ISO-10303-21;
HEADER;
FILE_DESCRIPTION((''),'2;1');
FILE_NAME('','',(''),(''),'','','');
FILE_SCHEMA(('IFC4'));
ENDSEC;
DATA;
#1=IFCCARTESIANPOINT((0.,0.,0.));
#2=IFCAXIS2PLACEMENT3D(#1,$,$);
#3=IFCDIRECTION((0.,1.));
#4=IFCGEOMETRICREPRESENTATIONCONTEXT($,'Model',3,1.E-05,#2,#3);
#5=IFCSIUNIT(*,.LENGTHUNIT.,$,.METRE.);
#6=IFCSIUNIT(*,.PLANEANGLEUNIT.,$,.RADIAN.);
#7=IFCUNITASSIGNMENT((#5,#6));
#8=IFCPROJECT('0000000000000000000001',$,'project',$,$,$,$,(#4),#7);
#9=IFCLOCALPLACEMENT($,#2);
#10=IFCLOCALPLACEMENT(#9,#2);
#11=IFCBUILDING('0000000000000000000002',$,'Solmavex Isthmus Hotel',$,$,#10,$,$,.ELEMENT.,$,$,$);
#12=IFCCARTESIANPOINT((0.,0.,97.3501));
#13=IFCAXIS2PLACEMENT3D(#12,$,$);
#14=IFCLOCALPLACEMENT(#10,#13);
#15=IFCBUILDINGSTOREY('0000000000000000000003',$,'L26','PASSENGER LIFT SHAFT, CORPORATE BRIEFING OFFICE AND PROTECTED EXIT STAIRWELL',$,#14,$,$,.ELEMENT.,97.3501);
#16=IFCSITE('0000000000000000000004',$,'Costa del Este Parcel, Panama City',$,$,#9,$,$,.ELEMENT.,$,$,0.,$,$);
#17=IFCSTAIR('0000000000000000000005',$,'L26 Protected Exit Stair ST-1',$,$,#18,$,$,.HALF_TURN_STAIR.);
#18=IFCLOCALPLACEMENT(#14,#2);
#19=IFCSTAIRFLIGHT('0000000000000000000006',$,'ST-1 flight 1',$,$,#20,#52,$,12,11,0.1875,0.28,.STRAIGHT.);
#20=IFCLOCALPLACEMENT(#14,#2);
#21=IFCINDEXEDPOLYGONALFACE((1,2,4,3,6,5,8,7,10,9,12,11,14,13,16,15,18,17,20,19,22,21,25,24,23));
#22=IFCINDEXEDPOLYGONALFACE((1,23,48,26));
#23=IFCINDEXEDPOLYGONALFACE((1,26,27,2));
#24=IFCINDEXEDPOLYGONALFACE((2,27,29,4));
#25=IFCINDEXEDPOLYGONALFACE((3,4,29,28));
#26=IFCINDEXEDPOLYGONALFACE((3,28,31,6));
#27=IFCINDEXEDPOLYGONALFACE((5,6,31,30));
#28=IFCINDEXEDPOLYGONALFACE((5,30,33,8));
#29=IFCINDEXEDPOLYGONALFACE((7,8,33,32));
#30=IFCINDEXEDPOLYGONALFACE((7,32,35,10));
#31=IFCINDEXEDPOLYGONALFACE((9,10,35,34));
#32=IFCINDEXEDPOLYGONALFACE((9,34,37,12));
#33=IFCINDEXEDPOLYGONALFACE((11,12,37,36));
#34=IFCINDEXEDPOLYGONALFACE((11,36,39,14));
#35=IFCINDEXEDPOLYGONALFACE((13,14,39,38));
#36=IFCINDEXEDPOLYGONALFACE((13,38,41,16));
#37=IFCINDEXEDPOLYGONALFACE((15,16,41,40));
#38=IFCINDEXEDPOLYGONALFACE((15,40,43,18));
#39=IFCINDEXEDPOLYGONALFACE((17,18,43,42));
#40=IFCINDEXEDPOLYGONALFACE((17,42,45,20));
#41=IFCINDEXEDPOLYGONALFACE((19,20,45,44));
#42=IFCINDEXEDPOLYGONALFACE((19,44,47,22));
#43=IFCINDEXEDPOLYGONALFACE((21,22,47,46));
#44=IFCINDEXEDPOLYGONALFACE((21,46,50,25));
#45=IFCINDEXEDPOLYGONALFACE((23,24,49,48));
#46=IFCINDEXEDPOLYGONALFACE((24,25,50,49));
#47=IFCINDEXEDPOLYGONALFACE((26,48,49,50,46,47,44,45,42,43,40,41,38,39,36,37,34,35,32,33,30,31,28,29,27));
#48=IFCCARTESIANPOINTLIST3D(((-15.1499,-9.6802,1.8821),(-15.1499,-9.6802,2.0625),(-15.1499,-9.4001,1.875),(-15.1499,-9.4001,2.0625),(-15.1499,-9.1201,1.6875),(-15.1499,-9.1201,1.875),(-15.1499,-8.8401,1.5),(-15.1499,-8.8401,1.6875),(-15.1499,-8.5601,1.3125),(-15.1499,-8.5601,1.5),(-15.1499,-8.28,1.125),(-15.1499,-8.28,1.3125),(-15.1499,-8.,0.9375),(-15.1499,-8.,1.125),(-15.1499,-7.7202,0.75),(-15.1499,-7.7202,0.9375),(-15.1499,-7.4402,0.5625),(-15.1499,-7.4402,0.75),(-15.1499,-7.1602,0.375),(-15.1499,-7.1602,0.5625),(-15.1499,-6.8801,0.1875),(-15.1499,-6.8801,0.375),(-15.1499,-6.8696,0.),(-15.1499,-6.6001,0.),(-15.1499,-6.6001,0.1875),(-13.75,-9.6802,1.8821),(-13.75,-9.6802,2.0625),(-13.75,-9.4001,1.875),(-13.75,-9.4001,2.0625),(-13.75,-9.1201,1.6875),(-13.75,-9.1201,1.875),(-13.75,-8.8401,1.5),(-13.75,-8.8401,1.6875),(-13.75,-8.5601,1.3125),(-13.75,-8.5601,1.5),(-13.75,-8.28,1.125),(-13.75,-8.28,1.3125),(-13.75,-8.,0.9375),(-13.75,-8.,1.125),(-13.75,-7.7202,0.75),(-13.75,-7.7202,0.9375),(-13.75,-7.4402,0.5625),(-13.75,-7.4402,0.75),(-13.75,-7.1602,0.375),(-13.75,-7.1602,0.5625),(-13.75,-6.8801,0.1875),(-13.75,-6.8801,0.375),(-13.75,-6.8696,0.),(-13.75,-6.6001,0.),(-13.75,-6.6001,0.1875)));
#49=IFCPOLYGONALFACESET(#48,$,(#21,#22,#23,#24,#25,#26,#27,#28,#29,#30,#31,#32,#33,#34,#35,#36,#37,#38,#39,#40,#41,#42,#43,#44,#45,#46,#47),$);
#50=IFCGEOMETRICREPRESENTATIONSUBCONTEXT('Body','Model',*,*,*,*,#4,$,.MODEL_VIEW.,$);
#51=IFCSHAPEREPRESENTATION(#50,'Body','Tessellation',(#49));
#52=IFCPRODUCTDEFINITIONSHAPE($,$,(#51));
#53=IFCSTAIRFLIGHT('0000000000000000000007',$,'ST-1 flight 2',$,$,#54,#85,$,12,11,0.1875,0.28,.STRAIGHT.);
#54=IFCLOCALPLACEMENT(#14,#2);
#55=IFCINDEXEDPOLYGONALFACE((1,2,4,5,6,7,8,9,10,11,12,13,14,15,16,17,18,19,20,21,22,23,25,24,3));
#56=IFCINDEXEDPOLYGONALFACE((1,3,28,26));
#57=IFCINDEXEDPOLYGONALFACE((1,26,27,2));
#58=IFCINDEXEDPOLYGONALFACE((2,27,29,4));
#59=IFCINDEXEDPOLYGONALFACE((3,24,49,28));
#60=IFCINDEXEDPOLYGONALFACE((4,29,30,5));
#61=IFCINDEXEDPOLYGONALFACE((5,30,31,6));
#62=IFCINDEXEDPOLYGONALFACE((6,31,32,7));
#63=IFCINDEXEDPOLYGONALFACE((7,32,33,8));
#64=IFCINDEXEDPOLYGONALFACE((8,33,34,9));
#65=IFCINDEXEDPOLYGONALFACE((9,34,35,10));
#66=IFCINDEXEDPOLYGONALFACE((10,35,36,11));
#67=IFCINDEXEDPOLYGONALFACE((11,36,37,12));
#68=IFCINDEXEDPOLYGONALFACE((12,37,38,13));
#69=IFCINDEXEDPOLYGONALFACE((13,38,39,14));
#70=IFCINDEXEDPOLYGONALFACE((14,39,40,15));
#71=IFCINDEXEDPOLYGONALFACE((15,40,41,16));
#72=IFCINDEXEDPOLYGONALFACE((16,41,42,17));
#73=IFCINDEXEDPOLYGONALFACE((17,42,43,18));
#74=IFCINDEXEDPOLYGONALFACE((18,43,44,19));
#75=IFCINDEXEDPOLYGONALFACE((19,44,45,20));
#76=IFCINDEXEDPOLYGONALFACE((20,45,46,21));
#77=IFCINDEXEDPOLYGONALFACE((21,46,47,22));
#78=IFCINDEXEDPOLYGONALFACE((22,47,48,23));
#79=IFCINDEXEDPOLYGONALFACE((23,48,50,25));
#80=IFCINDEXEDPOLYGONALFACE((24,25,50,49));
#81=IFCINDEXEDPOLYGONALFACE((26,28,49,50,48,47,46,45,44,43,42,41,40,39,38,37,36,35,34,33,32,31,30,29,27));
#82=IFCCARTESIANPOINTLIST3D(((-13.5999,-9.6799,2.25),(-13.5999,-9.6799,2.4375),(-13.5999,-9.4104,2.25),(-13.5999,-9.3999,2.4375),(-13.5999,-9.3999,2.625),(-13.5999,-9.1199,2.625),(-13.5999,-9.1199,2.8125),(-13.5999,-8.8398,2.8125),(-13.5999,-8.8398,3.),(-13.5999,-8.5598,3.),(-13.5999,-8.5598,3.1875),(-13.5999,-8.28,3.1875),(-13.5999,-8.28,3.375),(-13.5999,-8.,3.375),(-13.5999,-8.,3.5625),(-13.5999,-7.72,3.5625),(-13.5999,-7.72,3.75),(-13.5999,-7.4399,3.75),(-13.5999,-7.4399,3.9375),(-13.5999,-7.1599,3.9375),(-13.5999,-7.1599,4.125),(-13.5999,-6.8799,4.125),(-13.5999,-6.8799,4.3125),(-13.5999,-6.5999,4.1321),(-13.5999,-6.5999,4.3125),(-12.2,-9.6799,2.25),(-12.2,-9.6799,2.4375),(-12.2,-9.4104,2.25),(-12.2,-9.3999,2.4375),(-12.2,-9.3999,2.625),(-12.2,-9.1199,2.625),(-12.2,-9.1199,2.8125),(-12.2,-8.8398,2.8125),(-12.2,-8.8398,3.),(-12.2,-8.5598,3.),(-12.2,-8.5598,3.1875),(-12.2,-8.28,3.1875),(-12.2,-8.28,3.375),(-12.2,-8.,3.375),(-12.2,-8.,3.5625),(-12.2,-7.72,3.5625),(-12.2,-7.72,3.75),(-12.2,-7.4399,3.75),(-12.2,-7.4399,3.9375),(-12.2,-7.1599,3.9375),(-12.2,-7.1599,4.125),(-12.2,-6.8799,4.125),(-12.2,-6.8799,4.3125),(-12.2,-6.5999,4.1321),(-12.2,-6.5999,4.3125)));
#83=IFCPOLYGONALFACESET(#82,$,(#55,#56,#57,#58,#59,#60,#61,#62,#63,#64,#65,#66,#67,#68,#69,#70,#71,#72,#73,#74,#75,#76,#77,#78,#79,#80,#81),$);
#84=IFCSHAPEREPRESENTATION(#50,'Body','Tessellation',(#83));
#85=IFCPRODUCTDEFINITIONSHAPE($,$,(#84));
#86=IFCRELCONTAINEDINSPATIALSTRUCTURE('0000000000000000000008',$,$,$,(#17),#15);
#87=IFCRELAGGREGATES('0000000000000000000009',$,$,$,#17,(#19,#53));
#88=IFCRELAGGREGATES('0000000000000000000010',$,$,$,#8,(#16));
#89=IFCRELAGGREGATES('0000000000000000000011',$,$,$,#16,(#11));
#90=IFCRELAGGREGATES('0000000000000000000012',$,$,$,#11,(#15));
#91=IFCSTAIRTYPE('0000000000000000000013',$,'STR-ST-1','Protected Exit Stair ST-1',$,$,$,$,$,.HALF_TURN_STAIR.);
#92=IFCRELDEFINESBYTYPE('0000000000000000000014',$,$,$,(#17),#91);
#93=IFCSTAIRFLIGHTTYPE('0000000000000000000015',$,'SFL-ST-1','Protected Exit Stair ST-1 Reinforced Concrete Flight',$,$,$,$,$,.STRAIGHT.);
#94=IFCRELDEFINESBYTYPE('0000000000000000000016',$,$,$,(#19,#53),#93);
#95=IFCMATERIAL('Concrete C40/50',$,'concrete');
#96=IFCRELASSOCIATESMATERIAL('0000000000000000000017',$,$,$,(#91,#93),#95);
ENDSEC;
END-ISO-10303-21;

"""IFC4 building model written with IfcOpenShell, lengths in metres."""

from ifc_helpers import new_model, si_unit, direction, frame, origin, place, context, subcontext, project, spatial, polyline, outline, extrude, material, type_object, element, aggregate, save


model = new_model("IFC4")

# Units and contexts
model_context = context("Model", 3, precision=1e-05, world=origin(), true_north=direction((0.0, 1.0)))
body_context = subcontext(model_context, "Body", "Model", "MODEL_VIEW")
ifc_project = project(units=[si_unit("LENGTHUNIT", "METRE"), si_unit("PLANEANGLEUNIT", "RADIAN")], contexts=[model_context])

# Site, building, storey
site_placement = place(None, origin())
site = spatial("IfcSite", under=ifc_project, at=site_placement, Name="Costa del Este Parcel, Panama City", CompositionType="ELEMENT", RefElevation=0.0)
building_placement = place(site_placement, origin())
building = spatial("IfcBuilding", under=site, at=building_placement, Name="Solmavex Isthmus Hotel", CompositionType="ELEMENT")
storey_placement = place(building_placement, frame((0.0, 0.0, 97.3501)))
storey = spatial("IfcBuildingStorey", under=building, at=storey_placement, Name="L26", Description="PASSENGER LIFT SHAFT, CORPORATE BRIEFING OFFICE AND PROTECTED EXIT STAIRWELL", CompositionType="ELEMENT", Elevation=97.3501)

# Shared definitions
ifc_material_1 = material(Name="Concrete C40/50", Category="concrete")

# Stair, stair flights
stair_type = type_object("IfcStairType", Name="STR-ST-1", Description="Protected Exit Stair ST-1", PredefinedType="HALF_TURN_STAIR", material=ifc_material_1)
stair_placement = place(storey_placement, origin())
stair = element("IfcStair", 1, at=stair_placement, inside=storey, type_object=stair_type, Name="L26 Protected Exit Stair ST-1", PredefinedType="HALF_TURN_STAIR")
stair_flight_type = type_object("IfcStairFlightType", Name="SFL-ST-1", Description="Protected Exit Stair ST-1 Reinforced Concrete Flight", PredefinedType="STRAIGHT", material=ifc_material_1)
stair_flight_1_placement = place(storey_placement, frame((-14.45, -6.6001, 0.0), z_axis=(0.0, 0.0, 1.0), x_axis=(0.0, -1.0, 0.0)))
stair_flight_1 = element("IfcStairFlight", 2, at=stair_flight_1_placement, type_object=stair_flight_type, Name="ST-1 flight 1", NumberOfRisers=12, NumberOfTreads=11, PredefinedType="STRAIGHT", RiserHeight=0.1875, TreadLength=0.28, context=body_context, shape_type="SweptSolid", body=[
    extrude(outline(polyline([(0.0, 0.0), (0.0, 0.1875), (0.28, 0.1875), (0.28, 0.375), (0.5601, 0.375), (0.5601, 0.5625), (0.8401, 0.5625), (0.8401, 0.75), (1.1201, 0.75), (1.1201, 0.9375), (1.3999, 0.9375), (1.3999, 1.125), (1.6799, 1.125), (1.6799, 1.3125), (1.96, 1.3125), (1.96, 1.5), (2.24, 1.5), (2.24, 1.6875), (2.52, 1.6875), (2.52, 1.875), (2.8, 1.875), (2.8, 2.0625), (3.0801, 2.0625), (3.0801, 2.25), (3.0801, 1.8821), (0.2695, 0.0), (0.0, 0.0)])), frame((0.0, 0.7, 0.0), z_axis=(0.0, -1.0, 0.0), x_axis=(1.0, 0.0, 0.0)), (0.0, 0.0, 1.0), 1.3999),
])
stair_flight_2_placement = place(storey_placement, frame((-12.8999, -9.6799, 2.25), z_axis=(0.0, 0.0, 1.0), x_axis=(0.0, 1.0, 0.0)))
stair_flight_2 = element("IfcStairFlight", 3, at=stair_flight_2_placement, type_object=stair_flight_type, Name="ST-1 flight 2", NumberOfRisers=12, NumberOfTreads=11, PredefinedType="STRAIGHT", RiserHeight=0.1875, TreadLength=0.28, context=body_context, shape_type="SweptSolid", body=[
    extrude(outline(polyline([(0.0, 0.0), (0.0, 0.1875), (0.28, 0.1875), (0.28, 0.375), (0.5601, 0.375), (0.5601, 0.5625), (0.8401, 0.5625), (0.8401, 0.75), (1.1201, 0.75), (1.1201, 0.9375), (1.3999, 0.9375), (1.3999, 1.125), (1.6799, 1.125), (1.6799, 1.3125), (1.96, 1.3125), (1.96, 1.5), (2.24, 1.5), (2.24, 1.6875), (2.52, 1.6875), (2.52, 1.875), (2.8, 1.875), (2.8, 2.0625), (3.0801, 2.0625), (3.0801, 2.25), (3.0801, 1.8821), (0.2695, 0.0), (0.0, 0.0)])), frame((0.0, 0.7, 0.0), z_axis=(0.0, -1.0, 0.0), x_axis=(1.0, 0.0, 0.0)), (0.0, 0.0, 1.0), 1.3999),
])
aggregate(stair, [stair_flight_1, stair_flight_2])

save(model, "model.ifc")
